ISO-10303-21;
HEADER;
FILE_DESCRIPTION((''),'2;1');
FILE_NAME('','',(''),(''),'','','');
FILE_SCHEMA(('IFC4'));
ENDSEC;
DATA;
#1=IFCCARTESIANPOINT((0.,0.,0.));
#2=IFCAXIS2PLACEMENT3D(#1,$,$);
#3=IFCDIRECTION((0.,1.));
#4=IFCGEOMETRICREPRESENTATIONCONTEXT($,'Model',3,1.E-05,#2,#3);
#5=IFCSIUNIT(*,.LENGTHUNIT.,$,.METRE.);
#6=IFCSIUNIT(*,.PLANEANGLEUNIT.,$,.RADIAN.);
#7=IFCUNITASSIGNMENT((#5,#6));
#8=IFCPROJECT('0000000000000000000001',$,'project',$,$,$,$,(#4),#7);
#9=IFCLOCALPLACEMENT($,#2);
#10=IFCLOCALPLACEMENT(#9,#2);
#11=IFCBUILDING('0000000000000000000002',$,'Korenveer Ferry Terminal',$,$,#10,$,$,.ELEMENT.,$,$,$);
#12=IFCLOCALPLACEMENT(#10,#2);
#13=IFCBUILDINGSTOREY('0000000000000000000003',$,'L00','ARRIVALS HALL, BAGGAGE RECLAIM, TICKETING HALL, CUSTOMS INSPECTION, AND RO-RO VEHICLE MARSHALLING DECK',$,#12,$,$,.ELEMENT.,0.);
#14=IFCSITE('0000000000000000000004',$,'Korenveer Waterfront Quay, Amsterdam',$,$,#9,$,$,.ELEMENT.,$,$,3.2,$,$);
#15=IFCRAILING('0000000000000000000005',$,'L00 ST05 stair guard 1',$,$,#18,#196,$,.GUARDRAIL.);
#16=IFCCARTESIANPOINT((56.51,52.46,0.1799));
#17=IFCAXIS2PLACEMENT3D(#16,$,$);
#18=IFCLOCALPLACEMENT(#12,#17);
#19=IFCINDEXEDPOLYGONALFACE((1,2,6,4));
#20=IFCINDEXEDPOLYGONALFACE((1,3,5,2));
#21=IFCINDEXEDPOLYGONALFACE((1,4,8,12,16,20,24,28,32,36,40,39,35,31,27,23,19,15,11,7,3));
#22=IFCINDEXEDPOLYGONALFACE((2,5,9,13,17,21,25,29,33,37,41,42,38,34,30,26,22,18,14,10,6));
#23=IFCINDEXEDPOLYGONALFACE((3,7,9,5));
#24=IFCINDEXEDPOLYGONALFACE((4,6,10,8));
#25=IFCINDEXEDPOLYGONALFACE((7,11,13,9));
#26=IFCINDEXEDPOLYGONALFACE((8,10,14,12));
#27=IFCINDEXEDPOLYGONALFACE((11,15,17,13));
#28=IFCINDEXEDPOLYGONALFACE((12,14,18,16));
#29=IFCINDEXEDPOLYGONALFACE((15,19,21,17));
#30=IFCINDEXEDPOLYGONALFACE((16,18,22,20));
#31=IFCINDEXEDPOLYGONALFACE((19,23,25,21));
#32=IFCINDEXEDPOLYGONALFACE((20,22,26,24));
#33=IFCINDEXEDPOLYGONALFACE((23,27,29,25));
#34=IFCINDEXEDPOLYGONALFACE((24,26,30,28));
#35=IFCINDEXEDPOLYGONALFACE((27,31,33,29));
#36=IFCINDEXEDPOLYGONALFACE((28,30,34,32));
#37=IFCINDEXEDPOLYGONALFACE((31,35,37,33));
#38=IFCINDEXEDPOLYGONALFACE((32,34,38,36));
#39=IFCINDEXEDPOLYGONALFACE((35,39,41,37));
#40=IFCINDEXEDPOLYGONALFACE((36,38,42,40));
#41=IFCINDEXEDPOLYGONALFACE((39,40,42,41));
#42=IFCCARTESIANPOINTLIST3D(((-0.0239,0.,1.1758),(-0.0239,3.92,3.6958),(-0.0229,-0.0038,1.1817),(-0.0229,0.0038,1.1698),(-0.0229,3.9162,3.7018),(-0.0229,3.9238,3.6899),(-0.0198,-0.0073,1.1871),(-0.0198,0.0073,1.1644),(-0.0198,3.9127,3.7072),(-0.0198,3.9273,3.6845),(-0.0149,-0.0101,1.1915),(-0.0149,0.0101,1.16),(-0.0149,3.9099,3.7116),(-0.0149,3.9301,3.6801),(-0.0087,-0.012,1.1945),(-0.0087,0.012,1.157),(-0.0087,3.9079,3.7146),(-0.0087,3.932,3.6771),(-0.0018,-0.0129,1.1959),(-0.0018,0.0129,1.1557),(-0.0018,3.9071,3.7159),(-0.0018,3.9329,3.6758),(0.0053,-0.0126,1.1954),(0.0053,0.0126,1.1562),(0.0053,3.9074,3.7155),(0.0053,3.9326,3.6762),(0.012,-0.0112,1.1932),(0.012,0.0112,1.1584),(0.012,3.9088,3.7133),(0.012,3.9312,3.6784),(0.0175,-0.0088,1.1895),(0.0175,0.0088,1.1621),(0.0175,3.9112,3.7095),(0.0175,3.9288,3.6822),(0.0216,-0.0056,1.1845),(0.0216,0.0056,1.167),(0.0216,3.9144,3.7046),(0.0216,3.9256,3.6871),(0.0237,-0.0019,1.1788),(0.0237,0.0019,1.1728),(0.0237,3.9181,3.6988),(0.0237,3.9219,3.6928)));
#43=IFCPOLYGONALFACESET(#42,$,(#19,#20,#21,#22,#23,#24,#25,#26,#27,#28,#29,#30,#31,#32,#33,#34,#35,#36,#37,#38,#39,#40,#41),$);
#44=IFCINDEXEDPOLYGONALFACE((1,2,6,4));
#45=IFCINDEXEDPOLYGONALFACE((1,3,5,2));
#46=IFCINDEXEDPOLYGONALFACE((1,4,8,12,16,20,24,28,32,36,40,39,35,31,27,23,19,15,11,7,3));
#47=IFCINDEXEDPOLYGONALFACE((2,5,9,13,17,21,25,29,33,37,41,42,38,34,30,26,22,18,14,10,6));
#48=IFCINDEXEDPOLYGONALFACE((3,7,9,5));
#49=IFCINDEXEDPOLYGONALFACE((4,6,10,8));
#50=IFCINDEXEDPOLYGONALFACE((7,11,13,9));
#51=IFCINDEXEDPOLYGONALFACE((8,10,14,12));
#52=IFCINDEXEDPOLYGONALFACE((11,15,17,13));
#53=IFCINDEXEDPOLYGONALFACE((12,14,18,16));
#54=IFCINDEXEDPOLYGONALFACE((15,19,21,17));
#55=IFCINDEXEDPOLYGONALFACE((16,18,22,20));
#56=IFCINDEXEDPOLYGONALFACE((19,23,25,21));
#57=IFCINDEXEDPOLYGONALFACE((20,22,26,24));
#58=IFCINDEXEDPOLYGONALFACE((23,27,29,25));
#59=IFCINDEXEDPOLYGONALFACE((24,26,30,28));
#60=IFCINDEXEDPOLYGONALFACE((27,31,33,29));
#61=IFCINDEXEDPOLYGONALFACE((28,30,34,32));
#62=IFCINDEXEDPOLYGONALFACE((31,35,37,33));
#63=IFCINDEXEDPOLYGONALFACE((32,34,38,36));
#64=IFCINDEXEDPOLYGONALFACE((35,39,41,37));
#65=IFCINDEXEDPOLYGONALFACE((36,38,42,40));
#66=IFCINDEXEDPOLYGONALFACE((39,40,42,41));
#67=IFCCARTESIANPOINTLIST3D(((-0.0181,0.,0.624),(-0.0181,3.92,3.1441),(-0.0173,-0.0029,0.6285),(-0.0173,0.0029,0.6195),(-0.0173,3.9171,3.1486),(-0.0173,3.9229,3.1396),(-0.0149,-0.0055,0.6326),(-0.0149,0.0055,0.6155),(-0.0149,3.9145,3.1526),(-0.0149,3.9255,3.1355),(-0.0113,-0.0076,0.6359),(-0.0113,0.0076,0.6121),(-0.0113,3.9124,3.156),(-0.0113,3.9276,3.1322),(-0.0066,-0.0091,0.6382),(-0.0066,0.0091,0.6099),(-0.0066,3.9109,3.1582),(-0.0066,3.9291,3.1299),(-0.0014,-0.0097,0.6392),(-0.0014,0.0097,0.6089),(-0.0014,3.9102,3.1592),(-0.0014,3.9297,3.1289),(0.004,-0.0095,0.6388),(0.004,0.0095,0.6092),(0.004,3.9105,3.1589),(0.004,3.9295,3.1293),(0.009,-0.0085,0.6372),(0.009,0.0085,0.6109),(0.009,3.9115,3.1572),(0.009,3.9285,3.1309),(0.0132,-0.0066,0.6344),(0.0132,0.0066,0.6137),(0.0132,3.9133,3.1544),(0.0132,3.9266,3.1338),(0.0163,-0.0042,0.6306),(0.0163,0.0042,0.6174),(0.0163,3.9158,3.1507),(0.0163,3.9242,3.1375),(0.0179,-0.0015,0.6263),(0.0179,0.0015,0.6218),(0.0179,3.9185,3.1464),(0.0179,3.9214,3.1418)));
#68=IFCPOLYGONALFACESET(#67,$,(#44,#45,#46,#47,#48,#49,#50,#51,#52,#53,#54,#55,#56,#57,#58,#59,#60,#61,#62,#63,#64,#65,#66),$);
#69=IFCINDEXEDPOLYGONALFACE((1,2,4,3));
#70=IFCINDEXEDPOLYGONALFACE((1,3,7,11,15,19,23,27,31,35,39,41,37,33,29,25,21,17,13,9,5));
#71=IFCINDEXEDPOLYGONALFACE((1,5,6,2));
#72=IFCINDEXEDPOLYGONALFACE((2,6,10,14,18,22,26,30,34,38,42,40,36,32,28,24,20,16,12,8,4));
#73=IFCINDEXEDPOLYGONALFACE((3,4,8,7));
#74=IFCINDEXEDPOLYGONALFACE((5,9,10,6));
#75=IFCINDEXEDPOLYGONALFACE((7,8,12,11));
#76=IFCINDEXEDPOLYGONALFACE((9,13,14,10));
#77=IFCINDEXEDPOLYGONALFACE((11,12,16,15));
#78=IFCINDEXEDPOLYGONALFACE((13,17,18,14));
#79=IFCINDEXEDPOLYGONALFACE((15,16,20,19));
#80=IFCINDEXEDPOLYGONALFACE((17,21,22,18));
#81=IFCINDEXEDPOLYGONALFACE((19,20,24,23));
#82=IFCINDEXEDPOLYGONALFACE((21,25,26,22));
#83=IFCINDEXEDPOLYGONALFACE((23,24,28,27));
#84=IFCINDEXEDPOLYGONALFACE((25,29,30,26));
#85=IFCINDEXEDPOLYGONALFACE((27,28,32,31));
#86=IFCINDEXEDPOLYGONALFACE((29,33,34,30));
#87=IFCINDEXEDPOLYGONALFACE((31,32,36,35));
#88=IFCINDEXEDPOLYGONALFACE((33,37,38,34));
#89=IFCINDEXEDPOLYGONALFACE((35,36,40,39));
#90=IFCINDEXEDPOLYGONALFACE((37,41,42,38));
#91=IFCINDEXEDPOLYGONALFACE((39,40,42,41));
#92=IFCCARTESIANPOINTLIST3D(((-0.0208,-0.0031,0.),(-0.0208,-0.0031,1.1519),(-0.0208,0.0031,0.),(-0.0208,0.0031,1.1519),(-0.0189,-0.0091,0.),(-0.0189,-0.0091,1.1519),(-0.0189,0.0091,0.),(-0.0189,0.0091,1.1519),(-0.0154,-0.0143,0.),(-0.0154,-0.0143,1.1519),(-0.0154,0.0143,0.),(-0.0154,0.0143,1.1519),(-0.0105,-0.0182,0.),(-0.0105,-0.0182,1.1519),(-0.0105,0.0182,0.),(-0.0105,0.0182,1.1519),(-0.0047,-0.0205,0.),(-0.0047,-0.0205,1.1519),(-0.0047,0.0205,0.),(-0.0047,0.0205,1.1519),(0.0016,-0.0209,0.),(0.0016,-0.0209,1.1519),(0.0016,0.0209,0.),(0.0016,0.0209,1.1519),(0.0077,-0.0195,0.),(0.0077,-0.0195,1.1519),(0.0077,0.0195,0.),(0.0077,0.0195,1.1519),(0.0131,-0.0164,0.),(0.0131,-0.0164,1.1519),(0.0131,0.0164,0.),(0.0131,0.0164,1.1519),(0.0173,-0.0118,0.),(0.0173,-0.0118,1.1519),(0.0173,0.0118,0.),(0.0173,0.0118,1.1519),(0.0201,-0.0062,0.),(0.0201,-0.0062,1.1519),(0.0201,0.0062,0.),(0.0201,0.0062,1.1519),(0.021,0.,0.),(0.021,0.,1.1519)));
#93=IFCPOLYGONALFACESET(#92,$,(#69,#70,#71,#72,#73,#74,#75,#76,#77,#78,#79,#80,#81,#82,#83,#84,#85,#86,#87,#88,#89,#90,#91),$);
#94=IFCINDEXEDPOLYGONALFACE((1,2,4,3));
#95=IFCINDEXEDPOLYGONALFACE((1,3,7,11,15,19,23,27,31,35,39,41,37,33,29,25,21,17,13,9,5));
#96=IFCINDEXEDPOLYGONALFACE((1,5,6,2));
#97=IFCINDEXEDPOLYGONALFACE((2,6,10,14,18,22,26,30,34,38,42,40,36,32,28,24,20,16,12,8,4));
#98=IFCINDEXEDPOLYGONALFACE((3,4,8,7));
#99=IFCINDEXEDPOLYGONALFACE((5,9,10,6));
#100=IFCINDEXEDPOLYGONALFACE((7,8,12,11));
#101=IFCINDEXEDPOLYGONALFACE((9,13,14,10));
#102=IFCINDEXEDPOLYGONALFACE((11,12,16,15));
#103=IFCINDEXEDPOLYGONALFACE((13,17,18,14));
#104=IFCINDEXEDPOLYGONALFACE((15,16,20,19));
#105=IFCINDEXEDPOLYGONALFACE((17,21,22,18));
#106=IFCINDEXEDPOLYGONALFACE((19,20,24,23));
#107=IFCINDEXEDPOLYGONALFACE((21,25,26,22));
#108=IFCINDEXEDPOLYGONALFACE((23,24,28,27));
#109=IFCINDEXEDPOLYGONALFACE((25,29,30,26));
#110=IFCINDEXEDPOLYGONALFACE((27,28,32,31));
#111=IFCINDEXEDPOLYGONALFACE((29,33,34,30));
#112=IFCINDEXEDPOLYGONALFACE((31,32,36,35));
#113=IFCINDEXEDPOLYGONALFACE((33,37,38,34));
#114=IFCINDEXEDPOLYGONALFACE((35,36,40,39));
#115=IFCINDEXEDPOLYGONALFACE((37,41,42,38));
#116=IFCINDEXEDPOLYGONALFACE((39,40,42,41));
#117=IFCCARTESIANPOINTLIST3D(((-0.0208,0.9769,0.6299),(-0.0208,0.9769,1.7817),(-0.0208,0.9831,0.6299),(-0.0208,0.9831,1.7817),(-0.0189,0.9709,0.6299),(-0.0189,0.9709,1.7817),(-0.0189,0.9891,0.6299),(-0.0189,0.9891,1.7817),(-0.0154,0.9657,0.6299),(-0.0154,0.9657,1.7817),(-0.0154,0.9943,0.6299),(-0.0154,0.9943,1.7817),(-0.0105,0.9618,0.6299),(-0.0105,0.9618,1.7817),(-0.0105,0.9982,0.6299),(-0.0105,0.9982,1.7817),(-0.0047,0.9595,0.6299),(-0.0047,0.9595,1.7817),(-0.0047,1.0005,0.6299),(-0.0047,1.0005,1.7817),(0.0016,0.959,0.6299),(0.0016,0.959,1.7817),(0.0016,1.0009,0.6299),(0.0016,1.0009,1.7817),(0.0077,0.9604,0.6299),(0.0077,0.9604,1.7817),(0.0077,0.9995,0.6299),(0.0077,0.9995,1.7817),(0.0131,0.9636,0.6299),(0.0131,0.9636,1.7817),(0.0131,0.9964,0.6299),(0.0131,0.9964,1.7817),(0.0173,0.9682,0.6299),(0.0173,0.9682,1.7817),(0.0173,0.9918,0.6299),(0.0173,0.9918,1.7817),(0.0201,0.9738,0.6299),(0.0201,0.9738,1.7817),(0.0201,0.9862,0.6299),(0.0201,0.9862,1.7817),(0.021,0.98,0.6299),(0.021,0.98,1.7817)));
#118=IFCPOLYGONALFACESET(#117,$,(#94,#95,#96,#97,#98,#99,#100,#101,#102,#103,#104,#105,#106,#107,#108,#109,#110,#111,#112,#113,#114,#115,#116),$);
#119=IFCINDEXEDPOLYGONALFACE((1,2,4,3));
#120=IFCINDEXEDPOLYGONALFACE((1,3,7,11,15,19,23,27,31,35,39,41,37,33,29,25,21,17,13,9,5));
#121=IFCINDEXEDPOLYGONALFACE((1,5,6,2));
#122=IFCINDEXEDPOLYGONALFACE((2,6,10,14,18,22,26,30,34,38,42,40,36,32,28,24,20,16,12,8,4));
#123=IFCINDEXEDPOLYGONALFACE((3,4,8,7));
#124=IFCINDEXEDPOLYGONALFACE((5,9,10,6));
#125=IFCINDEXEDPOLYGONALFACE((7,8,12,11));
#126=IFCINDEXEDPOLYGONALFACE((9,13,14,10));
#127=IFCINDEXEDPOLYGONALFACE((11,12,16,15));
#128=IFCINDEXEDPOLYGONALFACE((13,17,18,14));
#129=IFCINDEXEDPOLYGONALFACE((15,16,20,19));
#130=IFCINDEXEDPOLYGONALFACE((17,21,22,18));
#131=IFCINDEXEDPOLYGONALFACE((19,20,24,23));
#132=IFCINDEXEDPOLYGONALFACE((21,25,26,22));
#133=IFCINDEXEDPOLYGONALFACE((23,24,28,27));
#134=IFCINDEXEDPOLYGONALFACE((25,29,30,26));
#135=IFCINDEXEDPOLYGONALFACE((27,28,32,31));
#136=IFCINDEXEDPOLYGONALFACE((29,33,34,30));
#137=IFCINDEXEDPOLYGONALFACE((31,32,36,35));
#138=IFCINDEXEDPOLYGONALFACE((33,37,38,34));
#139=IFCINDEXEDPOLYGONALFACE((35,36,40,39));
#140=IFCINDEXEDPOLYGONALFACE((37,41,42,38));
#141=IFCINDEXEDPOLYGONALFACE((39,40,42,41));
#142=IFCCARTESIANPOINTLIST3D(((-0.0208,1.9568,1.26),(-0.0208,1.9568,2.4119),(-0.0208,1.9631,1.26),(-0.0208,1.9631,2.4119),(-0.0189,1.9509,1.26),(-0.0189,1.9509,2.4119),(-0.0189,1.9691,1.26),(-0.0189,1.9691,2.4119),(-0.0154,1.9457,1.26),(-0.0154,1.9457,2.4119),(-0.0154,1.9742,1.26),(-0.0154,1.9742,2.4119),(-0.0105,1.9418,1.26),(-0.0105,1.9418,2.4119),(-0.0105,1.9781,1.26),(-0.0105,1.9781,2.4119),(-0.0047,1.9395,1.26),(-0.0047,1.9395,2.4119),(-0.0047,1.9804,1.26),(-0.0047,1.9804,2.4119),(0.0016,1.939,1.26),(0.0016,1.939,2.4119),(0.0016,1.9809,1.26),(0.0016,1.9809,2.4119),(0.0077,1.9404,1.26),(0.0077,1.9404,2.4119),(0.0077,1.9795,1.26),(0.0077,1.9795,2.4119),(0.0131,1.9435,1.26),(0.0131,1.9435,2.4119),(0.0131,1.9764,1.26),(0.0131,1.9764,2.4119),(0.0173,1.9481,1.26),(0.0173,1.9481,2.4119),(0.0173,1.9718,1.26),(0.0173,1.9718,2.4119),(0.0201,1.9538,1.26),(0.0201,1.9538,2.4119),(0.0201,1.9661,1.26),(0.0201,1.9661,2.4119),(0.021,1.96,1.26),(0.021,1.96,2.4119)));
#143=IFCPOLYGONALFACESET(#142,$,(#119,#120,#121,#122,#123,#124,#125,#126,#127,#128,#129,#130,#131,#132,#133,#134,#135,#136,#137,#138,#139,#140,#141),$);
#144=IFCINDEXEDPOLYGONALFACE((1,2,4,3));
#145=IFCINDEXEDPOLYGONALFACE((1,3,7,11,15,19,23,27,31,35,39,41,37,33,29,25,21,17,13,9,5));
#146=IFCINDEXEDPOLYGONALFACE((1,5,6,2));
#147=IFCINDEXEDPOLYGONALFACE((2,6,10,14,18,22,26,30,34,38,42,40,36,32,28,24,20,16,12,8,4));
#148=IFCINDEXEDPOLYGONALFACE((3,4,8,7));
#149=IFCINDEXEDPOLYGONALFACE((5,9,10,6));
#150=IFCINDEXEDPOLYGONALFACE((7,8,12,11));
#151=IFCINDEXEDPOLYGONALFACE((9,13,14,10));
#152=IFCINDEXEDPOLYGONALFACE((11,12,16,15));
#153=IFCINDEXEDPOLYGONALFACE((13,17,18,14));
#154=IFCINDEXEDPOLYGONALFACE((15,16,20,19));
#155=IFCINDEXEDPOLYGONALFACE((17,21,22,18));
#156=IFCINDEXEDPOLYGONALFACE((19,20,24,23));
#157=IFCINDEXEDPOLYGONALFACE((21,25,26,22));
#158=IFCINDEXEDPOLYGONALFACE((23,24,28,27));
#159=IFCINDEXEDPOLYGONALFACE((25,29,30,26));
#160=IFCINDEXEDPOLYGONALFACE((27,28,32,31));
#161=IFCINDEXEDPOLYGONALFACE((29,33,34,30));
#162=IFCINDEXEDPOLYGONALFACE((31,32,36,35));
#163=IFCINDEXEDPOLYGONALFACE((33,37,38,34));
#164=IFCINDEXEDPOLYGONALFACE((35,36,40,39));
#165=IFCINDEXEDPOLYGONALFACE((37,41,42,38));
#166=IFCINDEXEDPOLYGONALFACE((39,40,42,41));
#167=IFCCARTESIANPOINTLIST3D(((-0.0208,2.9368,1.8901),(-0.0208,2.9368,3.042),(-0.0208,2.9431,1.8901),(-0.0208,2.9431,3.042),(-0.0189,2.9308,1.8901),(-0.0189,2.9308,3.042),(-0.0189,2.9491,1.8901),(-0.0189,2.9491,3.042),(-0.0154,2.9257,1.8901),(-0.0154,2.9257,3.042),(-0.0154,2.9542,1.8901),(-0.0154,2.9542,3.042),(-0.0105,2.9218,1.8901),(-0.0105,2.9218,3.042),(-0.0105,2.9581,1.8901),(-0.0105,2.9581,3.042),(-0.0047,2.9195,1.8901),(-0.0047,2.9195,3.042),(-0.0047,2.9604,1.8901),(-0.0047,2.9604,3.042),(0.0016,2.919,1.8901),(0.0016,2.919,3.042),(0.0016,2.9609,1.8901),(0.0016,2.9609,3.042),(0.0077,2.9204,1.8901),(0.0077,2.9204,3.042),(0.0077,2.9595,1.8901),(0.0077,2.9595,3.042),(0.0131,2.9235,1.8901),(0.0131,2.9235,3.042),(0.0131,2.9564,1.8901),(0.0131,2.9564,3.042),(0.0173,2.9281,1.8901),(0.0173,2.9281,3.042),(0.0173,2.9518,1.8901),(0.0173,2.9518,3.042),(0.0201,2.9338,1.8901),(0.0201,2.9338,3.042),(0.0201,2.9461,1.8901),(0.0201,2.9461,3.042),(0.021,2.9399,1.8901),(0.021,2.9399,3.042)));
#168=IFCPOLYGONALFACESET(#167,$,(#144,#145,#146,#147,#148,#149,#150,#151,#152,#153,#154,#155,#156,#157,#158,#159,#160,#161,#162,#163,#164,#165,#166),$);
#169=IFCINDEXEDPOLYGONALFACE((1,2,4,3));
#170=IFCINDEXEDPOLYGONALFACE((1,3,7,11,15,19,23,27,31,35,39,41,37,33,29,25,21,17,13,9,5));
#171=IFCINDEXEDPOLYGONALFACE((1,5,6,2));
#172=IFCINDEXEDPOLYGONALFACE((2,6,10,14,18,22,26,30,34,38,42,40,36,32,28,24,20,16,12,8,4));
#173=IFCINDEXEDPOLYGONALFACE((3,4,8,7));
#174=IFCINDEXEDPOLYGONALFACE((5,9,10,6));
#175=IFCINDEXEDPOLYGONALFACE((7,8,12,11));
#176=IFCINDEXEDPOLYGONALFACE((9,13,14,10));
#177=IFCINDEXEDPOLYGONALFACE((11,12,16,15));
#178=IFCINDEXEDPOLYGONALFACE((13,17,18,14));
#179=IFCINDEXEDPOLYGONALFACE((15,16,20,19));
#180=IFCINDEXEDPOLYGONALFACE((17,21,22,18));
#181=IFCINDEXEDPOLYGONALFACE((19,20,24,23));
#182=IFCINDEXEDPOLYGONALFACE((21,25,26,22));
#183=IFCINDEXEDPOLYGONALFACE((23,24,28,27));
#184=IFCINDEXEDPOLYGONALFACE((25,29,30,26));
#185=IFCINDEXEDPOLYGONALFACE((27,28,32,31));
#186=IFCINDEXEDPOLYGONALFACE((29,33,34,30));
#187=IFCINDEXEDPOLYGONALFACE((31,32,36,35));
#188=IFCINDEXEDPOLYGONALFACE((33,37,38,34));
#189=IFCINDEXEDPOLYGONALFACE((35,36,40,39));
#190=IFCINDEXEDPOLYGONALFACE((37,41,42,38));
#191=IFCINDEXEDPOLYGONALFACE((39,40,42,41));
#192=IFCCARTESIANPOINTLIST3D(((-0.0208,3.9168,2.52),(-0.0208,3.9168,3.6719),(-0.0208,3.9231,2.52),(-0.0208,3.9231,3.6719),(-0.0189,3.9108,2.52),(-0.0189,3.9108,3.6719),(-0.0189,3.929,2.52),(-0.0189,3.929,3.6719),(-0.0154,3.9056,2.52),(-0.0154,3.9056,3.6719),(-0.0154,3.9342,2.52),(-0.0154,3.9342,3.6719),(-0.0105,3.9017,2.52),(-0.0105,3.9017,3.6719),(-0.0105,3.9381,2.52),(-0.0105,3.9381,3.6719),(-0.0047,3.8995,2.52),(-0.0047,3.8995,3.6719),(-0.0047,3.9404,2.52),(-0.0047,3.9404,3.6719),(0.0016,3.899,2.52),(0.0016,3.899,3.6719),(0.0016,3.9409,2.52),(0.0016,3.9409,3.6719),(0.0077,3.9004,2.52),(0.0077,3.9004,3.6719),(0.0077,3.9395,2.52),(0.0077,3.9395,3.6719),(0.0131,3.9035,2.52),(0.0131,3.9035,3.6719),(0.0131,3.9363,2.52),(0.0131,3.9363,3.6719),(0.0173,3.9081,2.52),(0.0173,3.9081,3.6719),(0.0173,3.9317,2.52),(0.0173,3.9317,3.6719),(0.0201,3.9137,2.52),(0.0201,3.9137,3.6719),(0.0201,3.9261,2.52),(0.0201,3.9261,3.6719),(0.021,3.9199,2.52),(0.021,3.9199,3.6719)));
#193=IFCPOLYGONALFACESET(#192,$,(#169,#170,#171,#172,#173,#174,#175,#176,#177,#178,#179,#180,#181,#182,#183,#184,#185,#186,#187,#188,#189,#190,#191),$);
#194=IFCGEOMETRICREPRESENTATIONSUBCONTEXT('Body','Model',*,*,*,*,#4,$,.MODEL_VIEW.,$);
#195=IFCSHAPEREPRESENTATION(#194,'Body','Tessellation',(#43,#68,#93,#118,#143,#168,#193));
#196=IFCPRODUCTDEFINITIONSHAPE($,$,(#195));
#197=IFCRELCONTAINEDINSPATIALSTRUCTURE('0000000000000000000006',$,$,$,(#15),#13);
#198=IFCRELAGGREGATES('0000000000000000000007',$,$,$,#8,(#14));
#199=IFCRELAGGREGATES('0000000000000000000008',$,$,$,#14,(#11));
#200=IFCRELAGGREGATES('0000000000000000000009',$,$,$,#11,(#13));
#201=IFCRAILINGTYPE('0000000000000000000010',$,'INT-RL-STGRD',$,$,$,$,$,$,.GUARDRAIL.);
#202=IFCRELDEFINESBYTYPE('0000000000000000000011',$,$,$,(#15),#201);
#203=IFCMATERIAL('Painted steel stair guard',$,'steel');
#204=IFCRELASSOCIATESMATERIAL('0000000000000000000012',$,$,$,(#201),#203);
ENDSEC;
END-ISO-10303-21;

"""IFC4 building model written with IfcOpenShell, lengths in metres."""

from ifc_helpers import new_model, si_unit, direction, frame, origin, origin_2d, place, context, subcontext, project, spatial, circle, extrude, material, type_object, element, save


model = new_model("IFC4")

# Units and contexts
model_context = context("Model", 3, precision=1e-05, world=origin(), true_north=direction((0.0, 1.0)))
body_context = subcontext(model_context, "Body", "Model", "MODEL_VIEW")
ifc_project = project(units=[si_unit("LENGTHUNIT", "METRE"), si_unit("PLANEANGLEUNIT", "RADIAN")], contexts=[model_context])

# Site, building, storey
site_placement = place(None, origin())
site = spatial("IfcSite", under=ifc_project, at=site_placement, Name="Korenveer Waterfront Quay, Amsterdam", CompositionType="ELEMENT", RefElevation=3.2)
building_placement = place(site_placement, origin())
building = spatial("IfcBuilding", under=site, at=building_placement, Name="Korenveer Ferry Terminal", CompositionType="ELEMENT")
storey_placement = place(building_placement, origin())
storey = spatial("IfcBuildingStorey", under=building, at=storey_placement, Name="L00", Description="ARRIVALS HALL, BAGGAGE RECLAIM, TICKETING HALL, CUSTOMS INSPECTION, AND RO-RO VEHICLE MARSHALLING DECK", CompositionType="ELEMENT", Elevation=0.0)

# Railing
ifc_material_1 = material(Name="Painted steel stair guard", Category="steel")
railing_type_1 = type_object("IfcRailingType", Name="INT-RL-STGRD", PredefinedType="GUARDRAIL", material=ifc_material_1)
railing_1_placement = place(storey_placement, frame((56.51, 52.46, 0.1799)))
element("IfcRailing", 1, at=railing_1_placement, inside=storey, type_object=railing_type_1, Name="L00 ST05 stair guard 1", PredefinedType="GUARDRAIL", context=body_context, shape_type="SweptSolid", body=[
    extrude(circle(Radius=0.0239, at=origin_2d()), frame((0.0, 0.0, 1.1758), z_axis=(0.0, 0.841172, 0.540768), x_axis=(-1.0, 0.0, 0.0)), (0.0, 0.0, 1.0), 4.6602),
    extrude(circle(Radius=0.0181, at=origin_2d()), frame((0.0, 0.0, 0.624), z_axis=(0.0, 0.841172, 0.540768), x_axis=(-1.0, 0.0, 0.0)), (0.0, 0.0, 1.0), 4.6602),
    extrude(circle(Radius=0.021, at=origin_2d()), origin(), (0.0, 0.0, 1.0), 1.1519),
    extrude(circle(Radius=0.021, at=origin_2d()), frame((0.0, 0.98, 0.6299)), (0.0, 0.0, 1.0), 1.1519),
    extrude(circle(Radius=0.021, at=origin_2d()), frame((0.0, 1.96, 1.26)), (0.0, 0.0, 1.0), 1.1519),
    extrude(circle(Radius=0.021, at=origin_2d()), frame((0.0, 2.9399, 1.8901)), (0.0, 0.0, 1.0), 1.1519),
    extrude(circle(Radius=0.021, at=origin_2d()), frame((0.0, 3.9199, 2.52)), (0.0, 0.0, 1.0), 1.1519),
])

save(model, "model.ifc")
